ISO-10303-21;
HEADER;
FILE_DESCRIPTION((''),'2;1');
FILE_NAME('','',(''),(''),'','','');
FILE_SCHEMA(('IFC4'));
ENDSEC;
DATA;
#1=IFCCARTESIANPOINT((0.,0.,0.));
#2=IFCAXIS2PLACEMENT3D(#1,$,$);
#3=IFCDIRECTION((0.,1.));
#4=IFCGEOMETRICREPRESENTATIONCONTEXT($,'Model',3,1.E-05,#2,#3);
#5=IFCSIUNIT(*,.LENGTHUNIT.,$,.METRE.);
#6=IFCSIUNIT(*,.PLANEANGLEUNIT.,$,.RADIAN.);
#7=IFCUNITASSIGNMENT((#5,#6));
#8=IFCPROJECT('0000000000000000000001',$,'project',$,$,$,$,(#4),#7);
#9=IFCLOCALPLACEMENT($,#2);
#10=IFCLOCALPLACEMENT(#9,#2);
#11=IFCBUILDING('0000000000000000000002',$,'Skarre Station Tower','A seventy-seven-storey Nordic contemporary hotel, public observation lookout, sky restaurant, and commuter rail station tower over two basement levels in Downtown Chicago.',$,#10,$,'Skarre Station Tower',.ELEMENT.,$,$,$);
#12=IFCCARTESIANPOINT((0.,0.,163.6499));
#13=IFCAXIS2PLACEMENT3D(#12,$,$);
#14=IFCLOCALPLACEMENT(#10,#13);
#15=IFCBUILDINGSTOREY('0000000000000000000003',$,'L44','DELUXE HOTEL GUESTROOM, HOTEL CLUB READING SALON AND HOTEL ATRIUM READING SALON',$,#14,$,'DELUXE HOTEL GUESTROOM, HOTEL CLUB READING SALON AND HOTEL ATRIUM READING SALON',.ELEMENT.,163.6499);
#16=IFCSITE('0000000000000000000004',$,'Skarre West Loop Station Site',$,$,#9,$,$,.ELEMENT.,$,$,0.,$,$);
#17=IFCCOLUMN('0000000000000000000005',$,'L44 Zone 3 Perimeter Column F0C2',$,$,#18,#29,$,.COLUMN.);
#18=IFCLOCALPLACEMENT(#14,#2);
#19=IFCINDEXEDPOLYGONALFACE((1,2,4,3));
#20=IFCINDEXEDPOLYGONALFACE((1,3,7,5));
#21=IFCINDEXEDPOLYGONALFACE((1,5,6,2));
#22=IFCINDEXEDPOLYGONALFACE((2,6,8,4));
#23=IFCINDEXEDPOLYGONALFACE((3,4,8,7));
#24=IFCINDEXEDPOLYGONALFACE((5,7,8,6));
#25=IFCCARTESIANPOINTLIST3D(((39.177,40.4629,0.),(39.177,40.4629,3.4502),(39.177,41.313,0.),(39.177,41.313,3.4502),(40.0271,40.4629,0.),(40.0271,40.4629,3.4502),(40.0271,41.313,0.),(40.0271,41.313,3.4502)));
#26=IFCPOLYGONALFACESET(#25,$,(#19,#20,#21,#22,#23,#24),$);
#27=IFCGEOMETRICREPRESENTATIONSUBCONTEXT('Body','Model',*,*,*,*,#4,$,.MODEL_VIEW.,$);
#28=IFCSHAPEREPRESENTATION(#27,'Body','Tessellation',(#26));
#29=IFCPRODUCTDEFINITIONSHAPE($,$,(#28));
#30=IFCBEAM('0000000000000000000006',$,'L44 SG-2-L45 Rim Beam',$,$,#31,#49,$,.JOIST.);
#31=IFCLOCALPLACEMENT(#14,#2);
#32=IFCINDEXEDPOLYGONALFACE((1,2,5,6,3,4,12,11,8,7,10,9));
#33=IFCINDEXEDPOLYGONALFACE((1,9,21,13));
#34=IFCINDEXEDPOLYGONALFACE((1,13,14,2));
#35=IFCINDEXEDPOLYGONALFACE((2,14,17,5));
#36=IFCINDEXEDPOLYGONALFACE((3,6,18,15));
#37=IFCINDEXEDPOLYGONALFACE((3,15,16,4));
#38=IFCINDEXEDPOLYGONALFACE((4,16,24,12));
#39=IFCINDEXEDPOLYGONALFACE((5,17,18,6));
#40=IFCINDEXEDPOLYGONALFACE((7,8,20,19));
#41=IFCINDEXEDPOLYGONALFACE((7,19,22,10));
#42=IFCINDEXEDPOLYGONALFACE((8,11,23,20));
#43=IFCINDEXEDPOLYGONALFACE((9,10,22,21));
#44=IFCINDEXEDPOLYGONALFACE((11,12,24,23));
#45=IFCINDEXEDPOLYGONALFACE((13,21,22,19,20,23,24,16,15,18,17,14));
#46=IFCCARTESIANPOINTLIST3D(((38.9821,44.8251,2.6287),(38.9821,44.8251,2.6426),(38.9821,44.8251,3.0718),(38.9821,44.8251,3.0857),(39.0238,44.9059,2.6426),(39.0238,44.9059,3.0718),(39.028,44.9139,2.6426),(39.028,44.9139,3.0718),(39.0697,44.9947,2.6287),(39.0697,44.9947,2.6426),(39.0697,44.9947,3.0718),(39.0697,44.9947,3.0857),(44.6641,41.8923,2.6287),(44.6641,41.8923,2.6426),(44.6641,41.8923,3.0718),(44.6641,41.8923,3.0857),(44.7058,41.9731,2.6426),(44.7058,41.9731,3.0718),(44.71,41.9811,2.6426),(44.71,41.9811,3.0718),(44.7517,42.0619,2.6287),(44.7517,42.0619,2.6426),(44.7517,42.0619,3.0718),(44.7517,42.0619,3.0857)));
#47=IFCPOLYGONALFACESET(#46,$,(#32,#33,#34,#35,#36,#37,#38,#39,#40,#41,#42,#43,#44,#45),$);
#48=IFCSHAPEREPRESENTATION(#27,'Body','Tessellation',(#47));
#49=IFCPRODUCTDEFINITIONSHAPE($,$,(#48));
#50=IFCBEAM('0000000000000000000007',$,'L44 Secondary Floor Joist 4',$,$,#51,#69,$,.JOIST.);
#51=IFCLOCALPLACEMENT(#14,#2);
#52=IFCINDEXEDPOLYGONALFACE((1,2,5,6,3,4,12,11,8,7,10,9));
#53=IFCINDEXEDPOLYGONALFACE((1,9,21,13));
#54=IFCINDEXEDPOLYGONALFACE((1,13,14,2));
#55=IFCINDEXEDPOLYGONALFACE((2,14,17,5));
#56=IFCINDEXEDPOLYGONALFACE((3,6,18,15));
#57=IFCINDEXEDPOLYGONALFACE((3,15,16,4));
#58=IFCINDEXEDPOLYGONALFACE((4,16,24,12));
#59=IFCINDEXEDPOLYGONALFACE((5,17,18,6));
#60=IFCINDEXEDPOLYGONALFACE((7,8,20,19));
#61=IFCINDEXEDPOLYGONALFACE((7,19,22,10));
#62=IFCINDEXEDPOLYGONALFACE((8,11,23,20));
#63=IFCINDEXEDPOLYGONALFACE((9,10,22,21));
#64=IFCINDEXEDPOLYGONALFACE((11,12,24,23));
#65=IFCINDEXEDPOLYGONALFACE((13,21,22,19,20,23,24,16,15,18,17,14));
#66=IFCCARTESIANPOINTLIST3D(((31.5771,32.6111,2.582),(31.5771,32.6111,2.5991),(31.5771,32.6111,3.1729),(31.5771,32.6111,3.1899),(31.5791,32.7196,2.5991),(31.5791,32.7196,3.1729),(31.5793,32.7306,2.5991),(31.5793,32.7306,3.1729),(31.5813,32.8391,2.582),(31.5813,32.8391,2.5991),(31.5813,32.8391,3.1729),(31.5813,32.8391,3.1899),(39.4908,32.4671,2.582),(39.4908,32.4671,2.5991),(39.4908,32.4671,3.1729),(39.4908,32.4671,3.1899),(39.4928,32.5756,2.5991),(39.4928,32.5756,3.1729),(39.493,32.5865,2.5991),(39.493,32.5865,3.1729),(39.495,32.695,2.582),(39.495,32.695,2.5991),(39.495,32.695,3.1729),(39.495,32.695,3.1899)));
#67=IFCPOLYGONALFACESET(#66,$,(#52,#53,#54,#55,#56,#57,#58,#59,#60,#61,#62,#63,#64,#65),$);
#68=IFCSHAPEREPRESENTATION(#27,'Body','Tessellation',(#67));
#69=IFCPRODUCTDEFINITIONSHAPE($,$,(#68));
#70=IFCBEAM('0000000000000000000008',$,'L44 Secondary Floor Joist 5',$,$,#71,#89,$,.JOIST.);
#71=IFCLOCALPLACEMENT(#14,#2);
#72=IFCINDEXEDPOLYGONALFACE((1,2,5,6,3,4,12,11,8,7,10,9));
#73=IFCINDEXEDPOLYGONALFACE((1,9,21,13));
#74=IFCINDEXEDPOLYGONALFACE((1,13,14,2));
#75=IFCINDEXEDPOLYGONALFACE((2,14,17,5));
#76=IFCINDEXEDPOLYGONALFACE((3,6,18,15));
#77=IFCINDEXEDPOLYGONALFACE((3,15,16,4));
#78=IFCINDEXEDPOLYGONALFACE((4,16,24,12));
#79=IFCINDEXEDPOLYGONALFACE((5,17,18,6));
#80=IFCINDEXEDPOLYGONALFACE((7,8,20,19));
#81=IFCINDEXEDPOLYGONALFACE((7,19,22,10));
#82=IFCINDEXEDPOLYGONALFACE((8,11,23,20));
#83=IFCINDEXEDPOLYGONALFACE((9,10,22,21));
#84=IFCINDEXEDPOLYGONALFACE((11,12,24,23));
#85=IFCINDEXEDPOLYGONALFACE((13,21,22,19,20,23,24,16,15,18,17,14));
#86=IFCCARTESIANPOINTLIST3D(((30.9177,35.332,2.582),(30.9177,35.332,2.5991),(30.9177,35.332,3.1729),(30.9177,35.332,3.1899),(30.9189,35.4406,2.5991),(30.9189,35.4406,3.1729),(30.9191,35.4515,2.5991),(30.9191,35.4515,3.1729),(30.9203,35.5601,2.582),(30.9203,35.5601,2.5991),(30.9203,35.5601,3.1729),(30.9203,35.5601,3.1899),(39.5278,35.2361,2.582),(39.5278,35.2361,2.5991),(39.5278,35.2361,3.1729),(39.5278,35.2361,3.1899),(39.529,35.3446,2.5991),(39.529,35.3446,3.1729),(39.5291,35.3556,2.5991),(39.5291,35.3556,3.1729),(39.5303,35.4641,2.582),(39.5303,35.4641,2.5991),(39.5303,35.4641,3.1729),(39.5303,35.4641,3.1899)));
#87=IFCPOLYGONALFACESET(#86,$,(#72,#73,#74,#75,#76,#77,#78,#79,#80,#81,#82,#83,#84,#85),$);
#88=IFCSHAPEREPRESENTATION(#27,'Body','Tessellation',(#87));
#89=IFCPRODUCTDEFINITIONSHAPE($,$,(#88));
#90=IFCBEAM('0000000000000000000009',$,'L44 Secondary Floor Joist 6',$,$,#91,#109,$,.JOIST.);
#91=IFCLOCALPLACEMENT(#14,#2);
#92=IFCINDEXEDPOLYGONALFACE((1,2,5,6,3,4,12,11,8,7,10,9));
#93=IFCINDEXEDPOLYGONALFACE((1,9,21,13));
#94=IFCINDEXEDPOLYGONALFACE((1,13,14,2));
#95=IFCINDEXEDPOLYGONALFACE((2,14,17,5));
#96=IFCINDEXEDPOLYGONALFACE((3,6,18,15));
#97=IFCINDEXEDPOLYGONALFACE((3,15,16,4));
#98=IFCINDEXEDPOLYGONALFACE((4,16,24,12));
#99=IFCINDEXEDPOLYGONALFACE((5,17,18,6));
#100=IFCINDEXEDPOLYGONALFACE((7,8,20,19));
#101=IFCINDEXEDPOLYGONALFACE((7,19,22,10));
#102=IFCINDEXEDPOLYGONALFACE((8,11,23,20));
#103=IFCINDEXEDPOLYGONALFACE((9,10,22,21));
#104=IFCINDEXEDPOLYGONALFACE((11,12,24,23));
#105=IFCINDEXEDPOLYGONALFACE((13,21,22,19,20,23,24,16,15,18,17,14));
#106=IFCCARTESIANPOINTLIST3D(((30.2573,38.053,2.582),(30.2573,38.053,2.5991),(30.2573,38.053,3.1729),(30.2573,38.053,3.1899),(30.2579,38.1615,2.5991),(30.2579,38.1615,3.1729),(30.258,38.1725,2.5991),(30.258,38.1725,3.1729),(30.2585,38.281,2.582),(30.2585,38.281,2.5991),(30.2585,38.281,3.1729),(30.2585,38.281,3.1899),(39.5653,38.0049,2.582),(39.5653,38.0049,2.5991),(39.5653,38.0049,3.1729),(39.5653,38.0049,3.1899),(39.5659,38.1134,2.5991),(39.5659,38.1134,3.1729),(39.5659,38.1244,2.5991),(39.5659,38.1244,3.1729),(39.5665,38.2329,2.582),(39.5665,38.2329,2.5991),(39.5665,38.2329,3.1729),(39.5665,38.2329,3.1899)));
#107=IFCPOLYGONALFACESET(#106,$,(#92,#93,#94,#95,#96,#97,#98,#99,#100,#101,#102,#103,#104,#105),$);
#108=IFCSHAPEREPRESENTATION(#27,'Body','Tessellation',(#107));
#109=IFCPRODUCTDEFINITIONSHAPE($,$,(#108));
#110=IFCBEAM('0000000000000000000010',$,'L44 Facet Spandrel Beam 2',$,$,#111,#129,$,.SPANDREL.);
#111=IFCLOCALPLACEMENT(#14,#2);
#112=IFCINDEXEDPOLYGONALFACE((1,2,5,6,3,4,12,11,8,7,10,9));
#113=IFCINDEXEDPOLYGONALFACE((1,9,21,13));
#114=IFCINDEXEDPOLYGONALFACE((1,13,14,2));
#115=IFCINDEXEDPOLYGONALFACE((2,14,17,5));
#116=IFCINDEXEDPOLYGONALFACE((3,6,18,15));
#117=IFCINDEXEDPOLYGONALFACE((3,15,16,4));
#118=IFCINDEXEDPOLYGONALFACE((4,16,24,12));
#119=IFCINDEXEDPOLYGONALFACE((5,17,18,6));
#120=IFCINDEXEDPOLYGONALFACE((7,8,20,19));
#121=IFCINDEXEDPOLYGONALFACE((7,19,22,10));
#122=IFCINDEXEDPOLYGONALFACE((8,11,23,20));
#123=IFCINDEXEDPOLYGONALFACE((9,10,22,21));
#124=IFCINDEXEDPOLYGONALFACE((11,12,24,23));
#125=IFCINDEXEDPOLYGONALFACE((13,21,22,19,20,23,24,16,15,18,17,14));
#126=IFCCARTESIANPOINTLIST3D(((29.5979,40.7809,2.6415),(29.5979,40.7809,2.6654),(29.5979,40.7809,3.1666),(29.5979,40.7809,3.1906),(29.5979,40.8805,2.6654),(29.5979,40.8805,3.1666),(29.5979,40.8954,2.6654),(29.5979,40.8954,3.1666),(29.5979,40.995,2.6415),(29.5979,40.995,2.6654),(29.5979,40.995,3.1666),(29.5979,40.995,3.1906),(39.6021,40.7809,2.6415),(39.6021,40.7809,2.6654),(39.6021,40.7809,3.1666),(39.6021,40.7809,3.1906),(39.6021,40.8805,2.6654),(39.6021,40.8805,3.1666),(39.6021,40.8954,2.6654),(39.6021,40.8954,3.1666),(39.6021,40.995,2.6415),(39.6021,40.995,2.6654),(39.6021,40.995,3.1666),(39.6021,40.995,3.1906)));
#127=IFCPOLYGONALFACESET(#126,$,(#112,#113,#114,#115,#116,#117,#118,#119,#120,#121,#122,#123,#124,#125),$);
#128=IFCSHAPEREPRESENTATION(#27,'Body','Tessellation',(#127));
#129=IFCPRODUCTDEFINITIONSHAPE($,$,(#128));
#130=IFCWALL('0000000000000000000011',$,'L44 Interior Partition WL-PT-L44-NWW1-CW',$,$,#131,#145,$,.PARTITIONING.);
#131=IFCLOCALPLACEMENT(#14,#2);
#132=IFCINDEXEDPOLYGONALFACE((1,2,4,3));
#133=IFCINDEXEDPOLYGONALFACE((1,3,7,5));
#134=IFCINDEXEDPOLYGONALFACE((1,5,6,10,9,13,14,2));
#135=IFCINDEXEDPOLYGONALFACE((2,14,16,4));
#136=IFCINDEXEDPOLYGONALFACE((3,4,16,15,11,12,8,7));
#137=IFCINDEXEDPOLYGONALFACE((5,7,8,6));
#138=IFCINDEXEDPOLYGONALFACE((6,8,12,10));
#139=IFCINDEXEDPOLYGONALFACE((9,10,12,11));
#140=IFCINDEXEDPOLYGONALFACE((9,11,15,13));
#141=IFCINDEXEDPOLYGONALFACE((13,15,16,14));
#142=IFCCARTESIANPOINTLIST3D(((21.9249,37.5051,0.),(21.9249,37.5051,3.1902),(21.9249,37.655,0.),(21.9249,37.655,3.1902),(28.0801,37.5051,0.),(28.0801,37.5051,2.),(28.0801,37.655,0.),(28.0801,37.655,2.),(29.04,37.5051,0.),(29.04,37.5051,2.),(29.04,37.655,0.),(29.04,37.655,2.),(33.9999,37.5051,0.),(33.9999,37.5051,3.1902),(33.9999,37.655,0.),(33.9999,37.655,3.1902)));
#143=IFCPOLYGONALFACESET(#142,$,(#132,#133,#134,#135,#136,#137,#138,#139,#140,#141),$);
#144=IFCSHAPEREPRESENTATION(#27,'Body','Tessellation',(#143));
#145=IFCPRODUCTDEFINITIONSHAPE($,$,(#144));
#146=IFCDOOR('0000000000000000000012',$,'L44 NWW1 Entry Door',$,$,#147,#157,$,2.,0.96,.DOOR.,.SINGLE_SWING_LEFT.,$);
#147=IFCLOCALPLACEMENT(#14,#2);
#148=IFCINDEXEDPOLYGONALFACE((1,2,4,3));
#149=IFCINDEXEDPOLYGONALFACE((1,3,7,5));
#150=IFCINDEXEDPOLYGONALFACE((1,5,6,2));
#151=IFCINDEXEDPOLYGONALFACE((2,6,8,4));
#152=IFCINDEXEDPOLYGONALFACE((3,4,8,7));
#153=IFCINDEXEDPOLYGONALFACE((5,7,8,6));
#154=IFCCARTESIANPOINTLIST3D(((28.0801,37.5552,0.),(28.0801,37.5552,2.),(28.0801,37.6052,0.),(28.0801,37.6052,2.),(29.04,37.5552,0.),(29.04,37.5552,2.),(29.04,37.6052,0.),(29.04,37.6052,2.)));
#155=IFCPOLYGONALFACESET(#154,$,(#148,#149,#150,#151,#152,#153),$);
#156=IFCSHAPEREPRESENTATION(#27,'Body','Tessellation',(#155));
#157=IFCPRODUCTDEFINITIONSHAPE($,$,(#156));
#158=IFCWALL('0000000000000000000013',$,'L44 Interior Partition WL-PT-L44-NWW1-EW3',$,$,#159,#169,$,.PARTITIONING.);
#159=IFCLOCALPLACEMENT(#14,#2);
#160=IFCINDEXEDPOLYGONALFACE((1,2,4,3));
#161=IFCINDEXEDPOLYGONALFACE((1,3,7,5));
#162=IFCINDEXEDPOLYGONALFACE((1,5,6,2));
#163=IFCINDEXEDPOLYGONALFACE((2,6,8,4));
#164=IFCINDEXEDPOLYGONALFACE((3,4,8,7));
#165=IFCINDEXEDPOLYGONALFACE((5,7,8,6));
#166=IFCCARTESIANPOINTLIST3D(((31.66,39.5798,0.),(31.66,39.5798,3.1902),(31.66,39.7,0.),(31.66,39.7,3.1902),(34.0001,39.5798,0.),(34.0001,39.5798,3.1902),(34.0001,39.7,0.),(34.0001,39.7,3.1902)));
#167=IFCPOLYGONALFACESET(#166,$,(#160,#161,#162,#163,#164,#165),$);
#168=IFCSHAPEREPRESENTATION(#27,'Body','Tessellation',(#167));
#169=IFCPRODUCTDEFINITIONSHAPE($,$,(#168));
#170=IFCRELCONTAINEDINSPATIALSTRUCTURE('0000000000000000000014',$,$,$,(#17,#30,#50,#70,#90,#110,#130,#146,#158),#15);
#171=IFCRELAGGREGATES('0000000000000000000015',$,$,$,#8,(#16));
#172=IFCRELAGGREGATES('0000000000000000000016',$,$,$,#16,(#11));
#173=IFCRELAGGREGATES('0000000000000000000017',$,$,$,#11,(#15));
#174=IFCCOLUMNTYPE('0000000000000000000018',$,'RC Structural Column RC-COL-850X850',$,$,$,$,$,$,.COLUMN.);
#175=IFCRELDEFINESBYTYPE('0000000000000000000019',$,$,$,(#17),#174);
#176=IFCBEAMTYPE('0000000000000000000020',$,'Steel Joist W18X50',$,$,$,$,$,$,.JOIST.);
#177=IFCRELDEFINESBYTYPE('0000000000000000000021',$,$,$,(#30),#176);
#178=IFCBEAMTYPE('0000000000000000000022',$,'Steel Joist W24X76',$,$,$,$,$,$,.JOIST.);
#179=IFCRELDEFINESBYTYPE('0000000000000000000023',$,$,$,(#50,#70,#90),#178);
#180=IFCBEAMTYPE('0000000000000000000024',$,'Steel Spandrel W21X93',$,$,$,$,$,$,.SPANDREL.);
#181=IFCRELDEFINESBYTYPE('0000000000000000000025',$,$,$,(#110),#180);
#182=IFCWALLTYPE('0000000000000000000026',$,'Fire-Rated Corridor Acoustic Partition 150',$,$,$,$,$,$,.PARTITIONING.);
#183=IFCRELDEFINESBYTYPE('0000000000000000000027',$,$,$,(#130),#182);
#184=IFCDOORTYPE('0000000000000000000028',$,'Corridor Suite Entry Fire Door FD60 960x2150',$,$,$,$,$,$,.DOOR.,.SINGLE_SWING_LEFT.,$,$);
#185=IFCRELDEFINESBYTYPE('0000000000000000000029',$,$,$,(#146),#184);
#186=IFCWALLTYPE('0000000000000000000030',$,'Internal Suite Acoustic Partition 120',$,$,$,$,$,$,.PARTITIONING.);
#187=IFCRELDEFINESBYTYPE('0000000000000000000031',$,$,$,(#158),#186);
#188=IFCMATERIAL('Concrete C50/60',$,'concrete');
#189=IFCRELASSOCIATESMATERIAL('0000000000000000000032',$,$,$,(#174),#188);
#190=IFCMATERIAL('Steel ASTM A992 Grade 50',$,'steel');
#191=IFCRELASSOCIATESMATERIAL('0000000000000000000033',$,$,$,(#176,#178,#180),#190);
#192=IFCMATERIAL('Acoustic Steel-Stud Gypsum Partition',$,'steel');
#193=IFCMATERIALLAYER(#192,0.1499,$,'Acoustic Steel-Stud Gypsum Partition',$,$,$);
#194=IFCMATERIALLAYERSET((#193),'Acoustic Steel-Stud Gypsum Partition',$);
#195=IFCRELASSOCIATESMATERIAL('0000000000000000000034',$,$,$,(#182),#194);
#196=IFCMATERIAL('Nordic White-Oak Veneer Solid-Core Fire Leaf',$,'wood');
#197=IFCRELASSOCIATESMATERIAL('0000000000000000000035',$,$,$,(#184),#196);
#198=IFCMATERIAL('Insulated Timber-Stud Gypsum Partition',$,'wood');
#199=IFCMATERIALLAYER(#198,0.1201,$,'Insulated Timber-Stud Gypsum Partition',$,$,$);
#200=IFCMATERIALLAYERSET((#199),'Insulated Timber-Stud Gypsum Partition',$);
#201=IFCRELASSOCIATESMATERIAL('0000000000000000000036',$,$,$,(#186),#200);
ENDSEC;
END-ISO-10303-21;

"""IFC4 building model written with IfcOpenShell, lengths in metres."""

from ifc_helpers import new_model, si_unit, direction, frame, frame_2d, origin, origin_2d, place, context, subcontext, project, spatial, rectangle, i_section, extrude, material, layer, layer_set, material_profile, profile_set, type_object, element, fill, save


model = new_model("IFC4")

# Units and contexts
model_context = context("Model", 3, precision=1e-05, world=origin(), true_north=direction((0.0, 1.0)))
body_context = subcontext(model_context, "Body", "Model", "MODEL_VIEW")
ifc_project = project(units=[si_unit("LENGTHUNIT", "METRE"), si_unit("PLANEANGLEUNIT", "RADIAN")], contexts=[model_context])

# Site, building, storey
site_placement = place(None, origin())
site = spatial("IfcSite", under=ifc_project, at=site_placement, Name="Skarre West Loop Station Site", CompositionType="ELEMENT", RefElevation=0.0)
building_placement = place(site_placement, origin())
building = spatial("IfcBuilding", under=site, at=building_placement, Name="Skarre Station Tower", Description="A seventy-seven-storey Nordic contemporary hotel, public observation lookout, sky restaurant, and commuter rail station tower over two basement levels in Downtown Chicago.", LongName="Skarre Station Tower", CompositionType="ELEMENT")
storey_placement = place(building_placement, frame((0.0, 0.0, 163.6499)))
storey = spatial("IfcBuildingStorey", under=building, at=storey_placement, Name="L44", Description="DELUXE HOTEL GUESTROOM, HOTEL CLUB READING SALON AND HOTEL ATRIUM READING SALON", LongName="DELUXE HOTEL GUESTROOM, HOTEL CLUB READING SALON AND HOTEL ATRIUM READING SALON", CompositionType="ELEMENT", Elevation=163.6499)

# Column
ifc_material_1 = material(Name="Concrete C50/60", Category="concrete")
ifc_material_profile_1 = material_profile(ifc_material_1, rectangle(XDim=0.8501, YDim=0.8501, at=origin_2d()), Name="Concrete C50/60")
ifc_profile_set_1 = profile_set([ifc_material_profile_1], Name="Concrete C50/60")
column_type = type_object("IfcColumnType", Name="RC Structural Column RC-COL-850X850", PredefinedType="COLUMN", material=ifc_profile_set_1)
column_placement = place(storey_placement, frame((39.6021, 40.8879, 0.0), z_axis=(0.0, 0.0, 1.0), x_axis=(1.0, 0.0, 0.0)))
element("IfcColumn", 1, at=column_placement, inside=storey, type_object=column_type, Name="L44 Zone 3 Perimeter Column F0C2", PredefinedType="COLUMN", context=body_context, shape_type="SweptSolid", body=[
    extrude(rectangle(XDim=0.8501, YDim=0.8501, at=origin_2d()), origin(), (0.0, 0.0, 1.0), 3.4502),
])

# Beams
ifc_material_2 = material(Name="Steel ASTM A992 Grade 50", Category="steel")
ifc_material_profile_2 = material_profile(ifc_material_2, i_section(OverallWidth=0.1909, OverallDepth=0.457, WebThickness=0.009, FlangeThickness=0.0139, at=origin_2d()), Name="Steel ASTM A992 Grade 50")
ifc_profile_set_2 = profile_set([ifc_material_profile_2], Name="Steel ASTM A992 Grade 50")
beam_type_1 = type_object("IfcBeamType", Name="Steel Joist W18X50", PredefinedType="JOIST", material=ifc_profile_set_2)
beam_1_placement = place(storey_placement, frame((39.0259, 44.9099, 2.8572), z_axis=(0.888611, -0.458661, 0.0), x_axis=(0.458661, 0.888611, 0.0)))
element("IfcBeam", 2, at=beam_1_placement, inside=storey, type_object=beam_type_1, Name="L44 SG-2-L45 Rim Beam", PredefinedType="JOIST", context=body_context, shape_type="SweptSolid", body=[
    extrude(i_section(OverallWidth=0.1909, OverallDepth=0.457, WebThickness=0.009, FlangeThickness=0.0139, at=origin_2d()), origin(), (0.0, 0.0, 1.0), 6.3943),
])
ifc_material_profile_3 = material_profile(ifc_material_2, i_section(OverallWidth=0.228, OverallDepth=0.6079, WebThickness=0.011, FlangeThickness=0.0171, at=origin_2d()), Name="Steel ASTM A992 Grade 50")
ifc_profile_set_3 = profile_set([ifc_material_profile_3], Name="Steel ASTM A992 Grade 50")
beam_type_2 = type_object("IfcBeamType", Name="Steel Joist W24X76", PredefinedType="JOIST", material=ifc_profile_set_3)
beam_2_placement = place(storey_placement, frame((39.4929, 32.5811, 2.886), z_axis=(-0.999834, 0.018198, 0.0), x_axis=(-0.018198, -0.999834, 0.0)))
element("IfcBeam", 3, at=beam_2_placement, inside=storey, type_object=beam_type_2, Name="L44 Secondary Floor Joist 4", PredefinedType="JOIST", context=body_context, shape_type="SweptSolid", body=[
    extrude(i_section(OverallWidth=0.228, OverallDepth=0.6079, WebThickness=0.011, FlangeThickness=0.0171, at=origin_2d()), origin(), (0.0, 0.0, 1.0), 7.915),
])
beam_3_placement = place(storey_placement, frame((39.5291, 35.3501, 2.886), z_axis=(-0.999938, 0.011143, 0.0), x_axis=(-0.011143, -0.999938, 0.0)))
element("IfcBeam", 4, at=beam_3_placement, inside=storey, type_object=beam_type_2, Name="L44 Secondary Floor Joist 5", PredefinedType="JOIST", context=body_context, shape_type="SweptSolid", body=[
    extrude(i_section(OverallWidth=0.228, OverallDepth=0.6079, WebThickness=0.011, FlangeThickness=0.0171, at=origin_2d()), origin(), (0.0, 0.0, 1.0), 8.6106),
])
beam_4_placement = place(storey_placement, frame((39.5659, 38.1189, 2.886), z_axis=(-0.999987, 0.005167, 0.0), x_axis=(-0.005167, -0.999987, 0.0)))
element("IfcBeam", 5, at=beam_4_placement, inside=storey, type_object=beam_type_2, Name="L44 Secondary Floor Joist 6", PredefinedType="JOIST", context=body_context, shape_type="SweptSolid", body=[
    extrude(i_section(OverallWidth=0.228, OverallDepth=0.6079, WebThickness=0.011, FlangeThickness=0.0171, at=origin_2d()), origin(), (0.0, 0.0, 1.0), 9.3081),
])
ifc_material_profile_4 = material_profile(ifc_material_2, i_section(OverallWidth=0.2141, OverallDepth=0.5491, WebThickness=0.0149, FlangeThickness=0.0239, at=origin_2d()), Name="Steel ASTM A992 Grade 50")
ifc_profile_set_4 = profile_set([ifc_material_profile_4], Name="Steel ASTM A992 Grade 50")
beam_type_3 = type_object("IfcBeamType", Name="Steel Spandrel W21X93", PredefinedType="SPANDREL", material=ifc_profile_set_4)
beam_5_placement = place(storey_placement, frame((39.6021, 40.8879, 2.916), z_axis=(-1.0, 0.0, 0.0), x_axis=(0.0, -1.0, 0.0)))
element("IfcBeam", 6, at=beam_5_placement, inside=storey, type_object=beam_type_3, Name="L44 Facet Spandrel Beam 2", PredefinedType="SPANDREL", context=body_context, shape_type="SweptSolid", body=[
    extrude(i_section(OverallWidth=0.2141, OverallDepth=0.5491, WebThickness=0.0149, FlangeThickness=0.0239, at=origin_2d()), origin(), (0.0, 0.0, 1.0), 10.0042),
])

# Wall, opening, door
ifc_material_3 = material(Name="Acoustic Steel-Stud Gypsum Partition", Category="steel")
ifc_layer_1 = layer(ifc_material_3, 0.1499, Name="Acoustic Steel-Stud Gypsum Partition")
ifc_layer_set_1 = layer_set([ifc_layer_1], Name="Acoustic Steel-Stud Gypsum Partition")
wall_type_1 = type_object("IfcWallType", Name="Fire-Rated Corridor Acoustic Partition 150", PredefinedType="PARTITIONING", material=ifc_layer_set_1)
wall_1_placement = place(storey_placement, frame((34.0, 37.5801, 0.0), z_axis=(0.0, 0.0, 1.0), x_axis=(-1.0, 0.0, 0.0)))
wall_1 = element("IfcWall", 7, at=wall_1_placement, inside=storey, type_object=wall_type_1, Name="L44 Interior Partition WL-PT-L44-NWW1-CW", PredefinedType="PARTITIONING", context=body_context, shape_type="SweptSolid", body=[
    extrude(rectangle(XDim=12.075, YDim=0.1499, at=frame_2d((6.0376, 0.0))), origin(), (0.0, 0.0, 1.0), 3.1902),
])
opening_1_placement = place(wall_1_placement, frame((4.96, 0.0, 0.0)))
opening_1 = element("IfcOpeningElement", 8, at=opening_1_placement, cuts=wall_1, PredefinedType="OPENING", context=body_context, shape_type="SweptSolid", body=[
    extrude(rectangle(XDim=0.96, YDim=2.0, at=frame_2d((0.48, 1.0))), frame((0.0, 0.085, 0.0), z_axis=(0.0, -1.0, 0.0), x_axis=(1.0, 0.0, 0.0)), (0.0, 0.0, 1.0), 0.1699),
])
ifc_material_4 = material(Name="Nordic White-Oak Veneer Solid-Core Fire Leaf", Category="wood")
door_type_1 = type_object("IfcDoorType", Name="Corridor Suite Entry Fire Door FD60 960x2150", OperationType="SINGLE_SWING_LEFT", PredefinedType="DOOR", material=ifc_material_4)
door_1_placement = place(opening_1_placement, origin())
door_1 = element("IfcDoor", 9, at=door_1_placement, inside=storey, type_object=door_type_1, Name="L44 NWW1 Entry Door", OperationType="SINGLE_SWING_LEFT", OverallHeight=2.0, OverallWidth=0.96, PredefinedType="DOOR", context=body_context, shape_type="SweptSolid", body=[
    extrude(rectangle(XDim=0.96, YDim=2.0, at=frame_2d((0.48, 1.0))), frame((0.0, 0.0249, 0.0), z_axis=(0.0, -1.0, 0.0), x_axis=(1.0, 0.0, 0.0)), (0.0, 0.0, 1.0), 0.05),
])
fill(opening_1, door_1)

# Wall
ifc_material_5 = material(Name="Insulated Timber-Stud Gypsum Partition", Category="wood")
ifc_layer_2 = layer(ifc_material_5, 0.1201, Name="Insulated Timber-Stud Gypsum Partition")
ifc_layer_set_2 = layer_set([ifc_layer_2], Name="Insulated Timber-Stud Gypsum Partition")
wall_type_2 = type_object("IfcWallType", Name="Internal Suite Acoustic Partition 120", PredefinedType="PARTITIONING", material=ifc_layer_set_2)
wall_2_placement = place(storey_placement, frame((34.0, 39.6399, 0.0), z_axis=(0.0, 0.0, 1.0), x_axis=(-1.0, 0.0, 0.0)))
element("IfcWall", 10, at=wall_2_placement, inside=storey, type_object=wall_type_2, Name="L44 Interior Partition WL-PT-L44-NWW1-EW3", PredefinedType="PARTITIONING", context=body_context, shape_type="SweptSolid", body=[
    extrude(rectangle(XDim=2.3401, YDim=0.1201, at=frame_2d((1.1699, 0.0))), origin(), (0.0, 0.0, 1.0), 3.1902),
])

save(model, "model.ifc")
